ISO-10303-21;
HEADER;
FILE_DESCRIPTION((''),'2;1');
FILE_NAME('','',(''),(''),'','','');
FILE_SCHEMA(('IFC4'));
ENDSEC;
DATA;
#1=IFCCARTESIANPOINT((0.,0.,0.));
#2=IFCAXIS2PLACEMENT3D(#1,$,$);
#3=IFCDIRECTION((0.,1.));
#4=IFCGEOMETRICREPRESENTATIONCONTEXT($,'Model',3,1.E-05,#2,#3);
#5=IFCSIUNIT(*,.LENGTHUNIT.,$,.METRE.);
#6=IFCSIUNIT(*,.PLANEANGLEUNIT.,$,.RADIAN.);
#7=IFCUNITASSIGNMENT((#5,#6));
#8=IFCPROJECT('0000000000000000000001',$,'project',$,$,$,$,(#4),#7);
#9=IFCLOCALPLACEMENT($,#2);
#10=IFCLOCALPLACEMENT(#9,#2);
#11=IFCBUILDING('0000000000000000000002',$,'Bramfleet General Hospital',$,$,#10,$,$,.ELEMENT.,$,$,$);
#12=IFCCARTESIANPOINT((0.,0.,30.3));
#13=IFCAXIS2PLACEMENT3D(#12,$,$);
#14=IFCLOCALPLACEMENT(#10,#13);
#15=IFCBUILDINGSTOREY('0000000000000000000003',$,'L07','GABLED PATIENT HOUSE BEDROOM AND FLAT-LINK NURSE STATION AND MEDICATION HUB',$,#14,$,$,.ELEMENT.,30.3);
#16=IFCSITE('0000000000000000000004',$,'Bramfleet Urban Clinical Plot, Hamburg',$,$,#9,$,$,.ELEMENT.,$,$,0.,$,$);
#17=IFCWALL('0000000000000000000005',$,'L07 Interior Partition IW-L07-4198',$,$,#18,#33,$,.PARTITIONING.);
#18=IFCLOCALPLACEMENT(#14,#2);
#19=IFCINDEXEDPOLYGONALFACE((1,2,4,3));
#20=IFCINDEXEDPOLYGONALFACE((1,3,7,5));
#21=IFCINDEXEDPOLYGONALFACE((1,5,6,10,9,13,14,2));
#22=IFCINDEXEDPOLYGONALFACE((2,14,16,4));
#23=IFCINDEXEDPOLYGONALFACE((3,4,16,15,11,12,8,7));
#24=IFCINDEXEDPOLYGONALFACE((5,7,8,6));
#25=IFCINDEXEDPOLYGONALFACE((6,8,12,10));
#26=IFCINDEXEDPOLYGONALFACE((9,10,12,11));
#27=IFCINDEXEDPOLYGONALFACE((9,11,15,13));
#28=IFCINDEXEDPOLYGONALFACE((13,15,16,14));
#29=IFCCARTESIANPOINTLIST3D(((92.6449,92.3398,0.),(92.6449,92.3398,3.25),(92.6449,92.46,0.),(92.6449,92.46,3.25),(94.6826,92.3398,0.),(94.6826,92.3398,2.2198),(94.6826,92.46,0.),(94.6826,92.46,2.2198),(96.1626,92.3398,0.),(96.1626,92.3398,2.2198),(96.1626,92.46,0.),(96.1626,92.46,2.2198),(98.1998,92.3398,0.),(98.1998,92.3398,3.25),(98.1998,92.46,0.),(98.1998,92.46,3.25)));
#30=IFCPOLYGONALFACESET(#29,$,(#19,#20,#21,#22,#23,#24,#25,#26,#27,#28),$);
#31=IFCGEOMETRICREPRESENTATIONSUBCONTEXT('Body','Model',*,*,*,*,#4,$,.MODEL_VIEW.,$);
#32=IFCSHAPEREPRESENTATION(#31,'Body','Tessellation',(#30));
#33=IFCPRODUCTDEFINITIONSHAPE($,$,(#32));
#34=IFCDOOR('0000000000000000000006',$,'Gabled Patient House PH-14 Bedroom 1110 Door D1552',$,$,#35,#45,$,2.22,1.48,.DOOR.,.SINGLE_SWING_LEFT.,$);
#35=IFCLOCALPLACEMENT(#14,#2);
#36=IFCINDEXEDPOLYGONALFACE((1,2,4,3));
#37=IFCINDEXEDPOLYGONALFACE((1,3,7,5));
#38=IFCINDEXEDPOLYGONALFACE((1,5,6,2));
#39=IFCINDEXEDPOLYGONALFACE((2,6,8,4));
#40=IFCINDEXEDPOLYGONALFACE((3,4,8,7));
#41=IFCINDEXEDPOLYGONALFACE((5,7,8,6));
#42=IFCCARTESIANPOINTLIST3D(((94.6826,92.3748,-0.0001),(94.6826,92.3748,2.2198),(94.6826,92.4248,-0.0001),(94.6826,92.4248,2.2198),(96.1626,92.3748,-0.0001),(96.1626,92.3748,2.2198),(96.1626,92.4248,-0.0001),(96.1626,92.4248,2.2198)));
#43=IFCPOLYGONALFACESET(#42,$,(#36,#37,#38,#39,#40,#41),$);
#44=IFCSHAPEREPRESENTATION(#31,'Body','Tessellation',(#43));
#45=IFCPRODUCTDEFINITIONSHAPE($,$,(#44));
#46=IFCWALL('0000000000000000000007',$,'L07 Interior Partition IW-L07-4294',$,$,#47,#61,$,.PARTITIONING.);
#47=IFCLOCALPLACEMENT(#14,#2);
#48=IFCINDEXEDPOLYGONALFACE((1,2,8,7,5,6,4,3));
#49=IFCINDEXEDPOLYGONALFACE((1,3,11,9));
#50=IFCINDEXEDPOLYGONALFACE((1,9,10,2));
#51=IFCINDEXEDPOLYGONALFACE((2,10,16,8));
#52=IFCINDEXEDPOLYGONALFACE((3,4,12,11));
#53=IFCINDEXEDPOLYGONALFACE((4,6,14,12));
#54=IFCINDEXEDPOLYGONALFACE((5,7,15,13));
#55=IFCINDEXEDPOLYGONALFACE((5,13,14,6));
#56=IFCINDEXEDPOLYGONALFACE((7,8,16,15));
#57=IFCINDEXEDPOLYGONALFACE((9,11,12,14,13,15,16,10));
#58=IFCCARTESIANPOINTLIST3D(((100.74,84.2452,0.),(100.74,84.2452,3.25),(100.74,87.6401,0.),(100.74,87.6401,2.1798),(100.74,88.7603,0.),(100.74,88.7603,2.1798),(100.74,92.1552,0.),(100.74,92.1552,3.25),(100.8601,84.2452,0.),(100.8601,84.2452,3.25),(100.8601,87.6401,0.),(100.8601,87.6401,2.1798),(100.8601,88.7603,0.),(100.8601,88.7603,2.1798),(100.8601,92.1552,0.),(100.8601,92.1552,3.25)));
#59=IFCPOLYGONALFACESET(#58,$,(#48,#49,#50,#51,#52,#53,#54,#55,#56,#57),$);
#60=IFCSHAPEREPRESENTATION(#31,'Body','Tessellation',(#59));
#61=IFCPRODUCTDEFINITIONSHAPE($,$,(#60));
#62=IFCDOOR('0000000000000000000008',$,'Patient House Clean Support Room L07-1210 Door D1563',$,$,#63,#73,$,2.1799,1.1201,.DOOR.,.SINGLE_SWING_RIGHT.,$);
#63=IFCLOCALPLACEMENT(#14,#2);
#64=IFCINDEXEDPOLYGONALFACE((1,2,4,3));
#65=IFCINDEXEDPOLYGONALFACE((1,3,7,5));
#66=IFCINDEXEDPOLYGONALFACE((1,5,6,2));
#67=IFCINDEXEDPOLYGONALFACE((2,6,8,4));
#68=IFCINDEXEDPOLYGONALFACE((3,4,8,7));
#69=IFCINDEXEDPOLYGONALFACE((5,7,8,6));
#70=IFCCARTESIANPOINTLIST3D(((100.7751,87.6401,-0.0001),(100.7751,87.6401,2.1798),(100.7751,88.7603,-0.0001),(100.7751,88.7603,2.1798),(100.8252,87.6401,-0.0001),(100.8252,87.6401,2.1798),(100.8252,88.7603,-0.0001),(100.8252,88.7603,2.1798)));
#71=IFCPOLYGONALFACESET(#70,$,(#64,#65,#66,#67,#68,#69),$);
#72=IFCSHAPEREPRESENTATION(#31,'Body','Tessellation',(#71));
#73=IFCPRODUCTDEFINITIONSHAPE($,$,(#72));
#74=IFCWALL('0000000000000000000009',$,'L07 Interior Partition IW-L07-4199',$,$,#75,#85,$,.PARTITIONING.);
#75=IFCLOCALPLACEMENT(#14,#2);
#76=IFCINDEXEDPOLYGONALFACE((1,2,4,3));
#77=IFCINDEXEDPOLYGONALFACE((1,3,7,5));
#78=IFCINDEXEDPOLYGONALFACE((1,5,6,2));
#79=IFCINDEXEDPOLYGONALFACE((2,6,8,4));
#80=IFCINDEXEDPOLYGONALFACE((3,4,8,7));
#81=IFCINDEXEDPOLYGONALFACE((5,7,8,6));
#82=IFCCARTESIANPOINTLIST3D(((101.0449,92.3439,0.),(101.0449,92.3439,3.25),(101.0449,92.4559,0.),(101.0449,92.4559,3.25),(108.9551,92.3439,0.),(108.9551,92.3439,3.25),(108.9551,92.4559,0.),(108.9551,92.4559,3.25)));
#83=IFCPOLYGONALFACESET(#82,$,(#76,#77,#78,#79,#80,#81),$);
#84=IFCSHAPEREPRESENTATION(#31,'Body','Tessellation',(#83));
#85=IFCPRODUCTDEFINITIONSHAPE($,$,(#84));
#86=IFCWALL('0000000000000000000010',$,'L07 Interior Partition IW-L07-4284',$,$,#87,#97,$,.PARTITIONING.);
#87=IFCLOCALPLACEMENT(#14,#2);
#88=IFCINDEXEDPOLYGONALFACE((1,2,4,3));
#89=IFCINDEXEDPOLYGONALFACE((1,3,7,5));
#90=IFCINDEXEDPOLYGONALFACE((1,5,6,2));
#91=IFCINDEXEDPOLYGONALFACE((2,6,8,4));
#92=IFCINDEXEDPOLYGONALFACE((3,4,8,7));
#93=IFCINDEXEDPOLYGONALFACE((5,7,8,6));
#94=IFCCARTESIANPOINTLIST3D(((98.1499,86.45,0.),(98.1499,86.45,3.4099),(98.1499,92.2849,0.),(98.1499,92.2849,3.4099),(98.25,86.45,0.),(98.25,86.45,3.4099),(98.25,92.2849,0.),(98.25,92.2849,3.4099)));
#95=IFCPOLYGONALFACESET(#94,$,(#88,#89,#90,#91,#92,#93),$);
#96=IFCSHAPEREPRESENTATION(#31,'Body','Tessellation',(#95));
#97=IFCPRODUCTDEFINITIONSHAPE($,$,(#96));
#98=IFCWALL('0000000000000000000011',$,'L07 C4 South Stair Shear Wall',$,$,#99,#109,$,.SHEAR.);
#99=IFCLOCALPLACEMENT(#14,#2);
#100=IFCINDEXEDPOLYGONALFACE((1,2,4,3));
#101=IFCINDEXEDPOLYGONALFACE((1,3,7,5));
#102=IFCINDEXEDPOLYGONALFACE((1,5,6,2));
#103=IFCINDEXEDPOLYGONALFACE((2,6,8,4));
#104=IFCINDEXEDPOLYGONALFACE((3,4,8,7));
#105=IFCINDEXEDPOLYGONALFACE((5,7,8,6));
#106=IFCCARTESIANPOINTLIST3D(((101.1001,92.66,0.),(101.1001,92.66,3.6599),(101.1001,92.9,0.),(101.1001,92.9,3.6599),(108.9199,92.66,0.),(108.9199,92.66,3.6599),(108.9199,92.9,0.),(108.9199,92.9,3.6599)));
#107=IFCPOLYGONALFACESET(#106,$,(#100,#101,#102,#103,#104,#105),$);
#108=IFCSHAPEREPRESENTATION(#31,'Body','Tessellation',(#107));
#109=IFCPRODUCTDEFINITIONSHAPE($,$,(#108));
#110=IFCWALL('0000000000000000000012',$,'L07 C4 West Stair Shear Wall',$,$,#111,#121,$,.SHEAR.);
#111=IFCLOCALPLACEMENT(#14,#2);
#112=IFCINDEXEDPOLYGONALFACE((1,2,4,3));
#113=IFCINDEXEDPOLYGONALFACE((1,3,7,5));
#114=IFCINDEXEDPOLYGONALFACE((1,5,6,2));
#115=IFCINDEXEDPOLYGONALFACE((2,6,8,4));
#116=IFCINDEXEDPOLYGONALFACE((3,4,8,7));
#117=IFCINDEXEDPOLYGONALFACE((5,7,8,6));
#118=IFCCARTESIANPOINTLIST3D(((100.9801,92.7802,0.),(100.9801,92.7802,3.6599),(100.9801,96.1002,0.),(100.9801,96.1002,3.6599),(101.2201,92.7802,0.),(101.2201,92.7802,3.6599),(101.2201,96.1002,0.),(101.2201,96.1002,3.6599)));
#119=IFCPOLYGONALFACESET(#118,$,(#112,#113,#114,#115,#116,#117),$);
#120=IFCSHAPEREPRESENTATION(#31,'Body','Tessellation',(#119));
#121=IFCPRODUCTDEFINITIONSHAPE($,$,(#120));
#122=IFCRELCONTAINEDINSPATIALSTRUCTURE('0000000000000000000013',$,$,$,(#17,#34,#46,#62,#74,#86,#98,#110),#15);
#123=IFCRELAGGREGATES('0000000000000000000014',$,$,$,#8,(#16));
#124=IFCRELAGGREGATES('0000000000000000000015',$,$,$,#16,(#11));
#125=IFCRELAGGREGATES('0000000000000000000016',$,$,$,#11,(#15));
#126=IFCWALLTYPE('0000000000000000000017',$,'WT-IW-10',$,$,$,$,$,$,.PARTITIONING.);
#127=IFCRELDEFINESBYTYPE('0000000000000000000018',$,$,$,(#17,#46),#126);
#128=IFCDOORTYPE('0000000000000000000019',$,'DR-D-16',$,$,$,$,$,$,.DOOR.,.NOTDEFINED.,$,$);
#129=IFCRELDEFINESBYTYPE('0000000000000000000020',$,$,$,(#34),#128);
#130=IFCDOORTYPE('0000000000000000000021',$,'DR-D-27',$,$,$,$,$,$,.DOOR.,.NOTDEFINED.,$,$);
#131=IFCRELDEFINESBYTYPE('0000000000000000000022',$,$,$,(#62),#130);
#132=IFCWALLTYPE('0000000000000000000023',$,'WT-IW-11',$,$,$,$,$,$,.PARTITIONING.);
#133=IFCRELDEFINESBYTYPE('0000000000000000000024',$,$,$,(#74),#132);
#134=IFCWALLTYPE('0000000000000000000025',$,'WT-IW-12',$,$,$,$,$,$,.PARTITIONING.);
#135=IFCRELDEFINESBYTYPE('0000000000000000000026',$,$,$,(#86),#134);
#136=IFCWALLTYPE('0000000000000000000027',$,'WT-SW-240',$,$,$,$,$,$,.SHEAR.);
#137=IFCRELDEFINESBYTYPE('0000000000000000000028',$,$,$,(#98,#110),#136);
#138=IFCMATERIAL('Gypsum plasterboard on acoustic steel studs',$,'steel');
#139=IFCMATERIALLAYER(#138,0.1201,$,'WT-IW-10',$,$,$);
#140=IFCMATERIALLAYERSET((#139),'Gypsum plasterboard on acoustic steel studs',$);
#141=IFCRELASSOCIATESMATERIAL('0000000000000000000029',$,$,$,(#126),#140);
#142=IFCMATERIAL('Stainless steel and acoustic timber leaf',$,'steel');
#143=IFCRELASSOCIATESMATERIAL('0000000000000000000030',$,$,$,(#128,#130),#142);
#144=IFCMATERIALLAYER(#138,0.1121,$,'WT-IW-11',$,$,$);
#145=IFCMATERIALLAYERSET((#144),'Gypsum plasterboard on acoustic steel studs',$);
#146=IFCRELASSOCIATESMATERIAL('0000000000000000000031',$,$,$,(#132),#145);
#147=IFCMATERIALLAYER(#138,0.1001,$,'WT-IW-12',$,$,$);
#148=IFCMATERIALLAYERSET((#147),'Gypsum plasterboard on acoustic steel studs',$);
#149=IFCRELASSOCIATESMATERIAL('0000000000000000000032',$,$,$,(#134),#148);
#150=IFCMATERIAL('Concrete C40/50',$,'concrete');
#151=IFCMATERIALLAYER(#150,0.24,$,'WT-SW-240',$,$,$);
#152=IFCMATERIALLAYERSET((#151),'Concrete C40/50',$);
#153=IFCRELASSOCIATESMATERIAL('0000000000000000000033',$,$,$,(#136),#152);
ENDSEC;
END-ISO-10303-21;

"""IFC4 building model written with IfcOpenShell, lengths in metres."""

from ifc_helpers import new_model, si_unit, direction, frame, frame_2d, origin, place, context, subcontext, project, spatial, rectangle, extrude, material, layer, layer_set, type_object, element, fill, save


model = new_model("IFC4")

# Units and contexts
model_context = context("Model", 3, precision=1e-05, world=origin(), true_north=direction((0.0, 1.0)))
body_context = subcontext(model_context, "Body", "Model", "MODEL_VIEW")
ifc_project = project(units=[si_unit("LENGTHUNIT", "METRE"), si_unit("PLANEANGLEUNIT", "RADIAN")], contexts=[model_context])

# Site, building, storey
site_placement = place(None, origin())
site = spatial("IfcSite", under=ifc_project, at=site_placement, Name="Bramfleet Urban Clinical Plot, Hamburg", CompositionType="ELEMENT", RefElevation=0.0)
building_placement = place(site_placement, origin())
building = spatial("IfcBuilding", under=site, at=building_placement, Name="Bramfleet General Hospital", CompositionType="ELEMENT")
storey_placement = place(building_placement, frame((0.0, 0.0, 30.3)))
storey = spatial("IfcBuildingStorey", under=building, at=storey_placement, Name="L07", Description="GABLED PATIENT HOUSE BEDROOM AND FLAT-LINK NURSE STATION AND MEDICATION HUB", CompositionType="ELEMENT", Elevation=30.3)

# Shared definitions
ifc_material_1 = material(Name="Concrete C40/50", Category="concrete")

# Shared definitions
ifc_material_2 = material(Name="Gypsum plasterboard on acoustic steel studs", Category="steel")

# Walls, openings, doors
ifc_layer_1 = layer(ifc_material_2, 0.1201, Name="WT-IW-10")
ifc_layer_set_1 = layer_set([ifc_layer_1], Name="Gypsum plasterboard on acoustic steel studs")
wall_type_1 = type_object("IfcWallType", Name="WT-IW-10", PredefinedType="PARTITIONING", material=ifc_layer_set_1)
wall_1_placement = place(storey_placement, frame((92.645, 92.3999, 0.0), z_axis=(0.0, 0.0, 1.0), x_axis=(1.0, 0.0, 0.0)))
wall_1 = element("IfcWall", 1, at=wall_1_placement, inside=storey, type_object=wall_type_1, Name="L07 Interior Partition IW-L07-4198", PredefinedType="PARTITIONING", context=body_context, shape_type="SweptSolid", body=[
    extrude(rectangle(XDim=5.5549, YDim=0.1201, at=frame_2d((2.7773, 0.0))), origin(), (0.0, 0.0, 1.0), 3.25),
])
opening_1_placement = place(wall_1_placement, frame((2.0376, 0.0, 0.0)))
opening_1 = element("IfcOpeningElement", 2, at=opening_1_placement, cuts=wall_1, PredefinedType="OPENING", context=body_context, shape_type="SweptSolid", body=[
    extrude(rectangle(XDim=1.48, YDim=2.22, at=frame_2d((0.74, 1.1099))), frame((0.0, 0.0701, 0.0), z_axis=(0.0, -1.0, 0.0), x_axis=(1.0, 0.0, 0.0)), (0.0, 0.0, 1.0), 0.1401),
])
ifc_material_3 = material(Name="Stainless steel and acoustic timber leaf", Category="steel")
door_type_1 = type_object("IfcDoorType", Name="DR-D-16", OperationType="NOTDEFINED", PredefinedType="DOOR", material=ifc_material_3)
door_1_placement = place(opening_1_placement, origin())
door_1 = element("IfcDoor", 3, at=door_1_placement, inside=storey, type_object=door_type_1, Name="Gabled Patient House PH-14 Bedroom 1110 Door D1552", OperationType="SINGLE_SWING_LEFT", OverallHeight=2.22, OverallWidth=1.48, PredefinedType="DOOR", context=body_context, shape_type="SweptSolid", body=[
    extrude(rectangle(XDim=1.48, YDim=2.22, at=frame_2d((0.74, 1.1099))), frame((0.0, 0.0249, 0.0), z_axis=(0.0, -1.0, 0.0), x_axis=(1.0, 0.0, 0.0)), (0.0, 0.0, 1.0), 0.05),
])
fill(opening_1, door_1)
wall_2_placement = place(storey_placement, frame((100.8, 84.2451, 0.0), z_axis=(0.0, 0.0, 1.0), x_axis=(0.0, 1.0, 0.0)))
wall_2 = element("IfcWall", 4, at=wall_2_placement, inside=storey, type_object=wall_type_1, Name="L07 Interior Partition IW-L07-4294", PredefinedType="PARTITIONING", context=body_context, shape_type="SweptSolid", body=[
    extrude(rectangle(XDim=7.9099, YDim=0.1201, at=frame_2d((3.9551, 0.0))), origin(), (0.0, 0.0, 1.0), 3.25),
])
opening_2_placement = place(wall_2_placement, frame((3.395, 0.0, 0.0)))
opening_2 = element("IfcOpeningElement", 5, at=opening_2_placement, cuts=wall_2, PredefinedType="OPENING", context=body_context, shape_type="SweptSolid", body=[
    extrude(rectangle(XDim=1.1201, YDim=2.1799, at=frame_2d((0.5601, 1.0898))), frame((0.0, 0.0701, 0.0), z_axis=(0.0, -1.0, 0.0), x_axis=(1.0, 0.0, 0.0)), (0.0, 0.0, 1.0), 0.1401),
])
door_type_2 = type_object("IfcDoorType", Name="DR-D-27", OperationType="NOTDEFINED", PredefinedType="DOOR", material=ifc_material_3)
door_2_placement = place(opening_2_placement, origin())
door_2 = element("IfcDoor", 6, at=door_2_placement, inside=storey, type_object=door_type_2, Name="Patient House Clean Support Room L07-1210 Door D1563", OperationType="SINGLE_SWING_RIGHT", OverallHeight=2.1799, OverallWidth=1.1201, PredefinedType="DOOR", context=body_context, shape_type="SweptSolid", body=[
    extrude(rectangle(XDim=1.1201, YDim=2.1799, at=frame_2d((0.5601, 1.0898))), frame((0.0, 0.0249, 0.0), z_axis=(0.0, -1.0, 0.0), x_axis=(1.0, 0.0, 0.0)), (0.0, 0.0, 1.0), 0.05),
])
fill(opening_2, door_2)

# Walls
ifc_layer_2 = layer(ifc_material_2, 0.1121, Name="WT-IW-11")
ifc_layer_set_2 = layer_set([ifc_layer_2], Name="Gypsum plasterboard on acoustic steel studs")
wall_type_2 = type_object("IfcWallType", Name="WT-IW-11", PredefinedType="PARTITIONING", material=ifc_layer_set_2)
wall_3_placement = place(storey_placement, frame((101.0449, 92.3999, 0.0), z_axis=(0.0, 0.0, 1.0), x_axis=(1.0, 0.0, 0.0)))
element("IfcWall", 7, at=wall_3_placement, inside=storey, type_object=wall_type_2, Name="L07 Interior Partition IW-L07-4199", PredefinedType="PARTITIONING", context=body_context, shape_type="SweptSolid", body=[
    extrude(rectangle(XDim=7.9102, YDim=0.1121, at=frame_2d((3.9551, 0.0))), origin(), (0.0, 0.0, 1.0), 3.25),
])
ifc_layer_3 = layer(ifc_material_2, 0.1001, Name="WT-IW-12")
ifc_layer_set_3 = layer_set([ifc_layer_3], Name="Gypsum plasterboard on acoustic steel studs")
wall_type_3 = type_object("IfcWallType", Name="WT-IW-12", PredefinedType="PARTITIONING", material=ifc_layer_set_3)
wall_4_placement = place(storey_placement, frame((98.2, 86.45, 0.0), z_axis=(0.0, 0.0, 1.0), x_axis=(0.0, 1.0, 0.0)))
element("IfcWall", 8, at=wall_4_placement, inside=storey, type_object=wall_type_3, Name="L07 Interior Partition IW-L07-4284", PredefinedType="PARTITIONING", context=body_context, shape_type="SweptSolid", body=[
    extrude(rectangle(XDim=5.835, YDim=0.1001, at=frame_2d((2.9175, 0.0))), origin(), (0.0, 0.0, 1.0), 3.4099),
])
ifc_layer_4 = layer(ifc_material_1, 0.24, Name="WT-SW-240")
ifc_layer_set_4 = layer_set([ifc_layer_4], Name="Concrete C40/50")
wall_type_4 = type_object("IfcWallType", Name="WT-SW-240", PredefinedType="SHEAR", material=ifc_layer_set_4)
wall_5_placement = place(storey_placement, frame((101.1001, 92.78, 0.0), z_axis=(0.0, 0.0, 1.0), x_axis=(1.0, 0.0, 0.0)))
element("IfcWall", 9, at=wall_5_placement, inside=storey, type_object=wall_type_4, Name="L07 C4 South Stair Shear Wall", PredefinedType="SHEAR", context=body_context, shape_type="SweptSolid", body=[
    extrude(rectangle(XDim=7.8198, YDim=0.24, at=frame_2d((3.9099, 0.0))), origin(), (0.0, 0.0, 1.0), 3.6599),
])
wall_6_placement = place(storey_placement, frame((101.1001, 92.78, 0.0), z_axis=(0.0, 0.0, 1.0), x_axis=(0.0, 1.0, 0.0)))
element("IfcWall", 10, at=wall_6_placement, inside=storey, type_object=wall_type_4, Name="L07 C4 West Stair Shear Wall", PredefinedType="SHEAR", context=body_context, shape_type="SweptSolid", body=[
    extrude(rectangle(XDim=3.3201, YDim=0.24, at=frame_2d((1.6602, 0.0))), origin(), (0.0, 0.0, 1.0), 3.6599),
])

save(model, "model.ifc")
